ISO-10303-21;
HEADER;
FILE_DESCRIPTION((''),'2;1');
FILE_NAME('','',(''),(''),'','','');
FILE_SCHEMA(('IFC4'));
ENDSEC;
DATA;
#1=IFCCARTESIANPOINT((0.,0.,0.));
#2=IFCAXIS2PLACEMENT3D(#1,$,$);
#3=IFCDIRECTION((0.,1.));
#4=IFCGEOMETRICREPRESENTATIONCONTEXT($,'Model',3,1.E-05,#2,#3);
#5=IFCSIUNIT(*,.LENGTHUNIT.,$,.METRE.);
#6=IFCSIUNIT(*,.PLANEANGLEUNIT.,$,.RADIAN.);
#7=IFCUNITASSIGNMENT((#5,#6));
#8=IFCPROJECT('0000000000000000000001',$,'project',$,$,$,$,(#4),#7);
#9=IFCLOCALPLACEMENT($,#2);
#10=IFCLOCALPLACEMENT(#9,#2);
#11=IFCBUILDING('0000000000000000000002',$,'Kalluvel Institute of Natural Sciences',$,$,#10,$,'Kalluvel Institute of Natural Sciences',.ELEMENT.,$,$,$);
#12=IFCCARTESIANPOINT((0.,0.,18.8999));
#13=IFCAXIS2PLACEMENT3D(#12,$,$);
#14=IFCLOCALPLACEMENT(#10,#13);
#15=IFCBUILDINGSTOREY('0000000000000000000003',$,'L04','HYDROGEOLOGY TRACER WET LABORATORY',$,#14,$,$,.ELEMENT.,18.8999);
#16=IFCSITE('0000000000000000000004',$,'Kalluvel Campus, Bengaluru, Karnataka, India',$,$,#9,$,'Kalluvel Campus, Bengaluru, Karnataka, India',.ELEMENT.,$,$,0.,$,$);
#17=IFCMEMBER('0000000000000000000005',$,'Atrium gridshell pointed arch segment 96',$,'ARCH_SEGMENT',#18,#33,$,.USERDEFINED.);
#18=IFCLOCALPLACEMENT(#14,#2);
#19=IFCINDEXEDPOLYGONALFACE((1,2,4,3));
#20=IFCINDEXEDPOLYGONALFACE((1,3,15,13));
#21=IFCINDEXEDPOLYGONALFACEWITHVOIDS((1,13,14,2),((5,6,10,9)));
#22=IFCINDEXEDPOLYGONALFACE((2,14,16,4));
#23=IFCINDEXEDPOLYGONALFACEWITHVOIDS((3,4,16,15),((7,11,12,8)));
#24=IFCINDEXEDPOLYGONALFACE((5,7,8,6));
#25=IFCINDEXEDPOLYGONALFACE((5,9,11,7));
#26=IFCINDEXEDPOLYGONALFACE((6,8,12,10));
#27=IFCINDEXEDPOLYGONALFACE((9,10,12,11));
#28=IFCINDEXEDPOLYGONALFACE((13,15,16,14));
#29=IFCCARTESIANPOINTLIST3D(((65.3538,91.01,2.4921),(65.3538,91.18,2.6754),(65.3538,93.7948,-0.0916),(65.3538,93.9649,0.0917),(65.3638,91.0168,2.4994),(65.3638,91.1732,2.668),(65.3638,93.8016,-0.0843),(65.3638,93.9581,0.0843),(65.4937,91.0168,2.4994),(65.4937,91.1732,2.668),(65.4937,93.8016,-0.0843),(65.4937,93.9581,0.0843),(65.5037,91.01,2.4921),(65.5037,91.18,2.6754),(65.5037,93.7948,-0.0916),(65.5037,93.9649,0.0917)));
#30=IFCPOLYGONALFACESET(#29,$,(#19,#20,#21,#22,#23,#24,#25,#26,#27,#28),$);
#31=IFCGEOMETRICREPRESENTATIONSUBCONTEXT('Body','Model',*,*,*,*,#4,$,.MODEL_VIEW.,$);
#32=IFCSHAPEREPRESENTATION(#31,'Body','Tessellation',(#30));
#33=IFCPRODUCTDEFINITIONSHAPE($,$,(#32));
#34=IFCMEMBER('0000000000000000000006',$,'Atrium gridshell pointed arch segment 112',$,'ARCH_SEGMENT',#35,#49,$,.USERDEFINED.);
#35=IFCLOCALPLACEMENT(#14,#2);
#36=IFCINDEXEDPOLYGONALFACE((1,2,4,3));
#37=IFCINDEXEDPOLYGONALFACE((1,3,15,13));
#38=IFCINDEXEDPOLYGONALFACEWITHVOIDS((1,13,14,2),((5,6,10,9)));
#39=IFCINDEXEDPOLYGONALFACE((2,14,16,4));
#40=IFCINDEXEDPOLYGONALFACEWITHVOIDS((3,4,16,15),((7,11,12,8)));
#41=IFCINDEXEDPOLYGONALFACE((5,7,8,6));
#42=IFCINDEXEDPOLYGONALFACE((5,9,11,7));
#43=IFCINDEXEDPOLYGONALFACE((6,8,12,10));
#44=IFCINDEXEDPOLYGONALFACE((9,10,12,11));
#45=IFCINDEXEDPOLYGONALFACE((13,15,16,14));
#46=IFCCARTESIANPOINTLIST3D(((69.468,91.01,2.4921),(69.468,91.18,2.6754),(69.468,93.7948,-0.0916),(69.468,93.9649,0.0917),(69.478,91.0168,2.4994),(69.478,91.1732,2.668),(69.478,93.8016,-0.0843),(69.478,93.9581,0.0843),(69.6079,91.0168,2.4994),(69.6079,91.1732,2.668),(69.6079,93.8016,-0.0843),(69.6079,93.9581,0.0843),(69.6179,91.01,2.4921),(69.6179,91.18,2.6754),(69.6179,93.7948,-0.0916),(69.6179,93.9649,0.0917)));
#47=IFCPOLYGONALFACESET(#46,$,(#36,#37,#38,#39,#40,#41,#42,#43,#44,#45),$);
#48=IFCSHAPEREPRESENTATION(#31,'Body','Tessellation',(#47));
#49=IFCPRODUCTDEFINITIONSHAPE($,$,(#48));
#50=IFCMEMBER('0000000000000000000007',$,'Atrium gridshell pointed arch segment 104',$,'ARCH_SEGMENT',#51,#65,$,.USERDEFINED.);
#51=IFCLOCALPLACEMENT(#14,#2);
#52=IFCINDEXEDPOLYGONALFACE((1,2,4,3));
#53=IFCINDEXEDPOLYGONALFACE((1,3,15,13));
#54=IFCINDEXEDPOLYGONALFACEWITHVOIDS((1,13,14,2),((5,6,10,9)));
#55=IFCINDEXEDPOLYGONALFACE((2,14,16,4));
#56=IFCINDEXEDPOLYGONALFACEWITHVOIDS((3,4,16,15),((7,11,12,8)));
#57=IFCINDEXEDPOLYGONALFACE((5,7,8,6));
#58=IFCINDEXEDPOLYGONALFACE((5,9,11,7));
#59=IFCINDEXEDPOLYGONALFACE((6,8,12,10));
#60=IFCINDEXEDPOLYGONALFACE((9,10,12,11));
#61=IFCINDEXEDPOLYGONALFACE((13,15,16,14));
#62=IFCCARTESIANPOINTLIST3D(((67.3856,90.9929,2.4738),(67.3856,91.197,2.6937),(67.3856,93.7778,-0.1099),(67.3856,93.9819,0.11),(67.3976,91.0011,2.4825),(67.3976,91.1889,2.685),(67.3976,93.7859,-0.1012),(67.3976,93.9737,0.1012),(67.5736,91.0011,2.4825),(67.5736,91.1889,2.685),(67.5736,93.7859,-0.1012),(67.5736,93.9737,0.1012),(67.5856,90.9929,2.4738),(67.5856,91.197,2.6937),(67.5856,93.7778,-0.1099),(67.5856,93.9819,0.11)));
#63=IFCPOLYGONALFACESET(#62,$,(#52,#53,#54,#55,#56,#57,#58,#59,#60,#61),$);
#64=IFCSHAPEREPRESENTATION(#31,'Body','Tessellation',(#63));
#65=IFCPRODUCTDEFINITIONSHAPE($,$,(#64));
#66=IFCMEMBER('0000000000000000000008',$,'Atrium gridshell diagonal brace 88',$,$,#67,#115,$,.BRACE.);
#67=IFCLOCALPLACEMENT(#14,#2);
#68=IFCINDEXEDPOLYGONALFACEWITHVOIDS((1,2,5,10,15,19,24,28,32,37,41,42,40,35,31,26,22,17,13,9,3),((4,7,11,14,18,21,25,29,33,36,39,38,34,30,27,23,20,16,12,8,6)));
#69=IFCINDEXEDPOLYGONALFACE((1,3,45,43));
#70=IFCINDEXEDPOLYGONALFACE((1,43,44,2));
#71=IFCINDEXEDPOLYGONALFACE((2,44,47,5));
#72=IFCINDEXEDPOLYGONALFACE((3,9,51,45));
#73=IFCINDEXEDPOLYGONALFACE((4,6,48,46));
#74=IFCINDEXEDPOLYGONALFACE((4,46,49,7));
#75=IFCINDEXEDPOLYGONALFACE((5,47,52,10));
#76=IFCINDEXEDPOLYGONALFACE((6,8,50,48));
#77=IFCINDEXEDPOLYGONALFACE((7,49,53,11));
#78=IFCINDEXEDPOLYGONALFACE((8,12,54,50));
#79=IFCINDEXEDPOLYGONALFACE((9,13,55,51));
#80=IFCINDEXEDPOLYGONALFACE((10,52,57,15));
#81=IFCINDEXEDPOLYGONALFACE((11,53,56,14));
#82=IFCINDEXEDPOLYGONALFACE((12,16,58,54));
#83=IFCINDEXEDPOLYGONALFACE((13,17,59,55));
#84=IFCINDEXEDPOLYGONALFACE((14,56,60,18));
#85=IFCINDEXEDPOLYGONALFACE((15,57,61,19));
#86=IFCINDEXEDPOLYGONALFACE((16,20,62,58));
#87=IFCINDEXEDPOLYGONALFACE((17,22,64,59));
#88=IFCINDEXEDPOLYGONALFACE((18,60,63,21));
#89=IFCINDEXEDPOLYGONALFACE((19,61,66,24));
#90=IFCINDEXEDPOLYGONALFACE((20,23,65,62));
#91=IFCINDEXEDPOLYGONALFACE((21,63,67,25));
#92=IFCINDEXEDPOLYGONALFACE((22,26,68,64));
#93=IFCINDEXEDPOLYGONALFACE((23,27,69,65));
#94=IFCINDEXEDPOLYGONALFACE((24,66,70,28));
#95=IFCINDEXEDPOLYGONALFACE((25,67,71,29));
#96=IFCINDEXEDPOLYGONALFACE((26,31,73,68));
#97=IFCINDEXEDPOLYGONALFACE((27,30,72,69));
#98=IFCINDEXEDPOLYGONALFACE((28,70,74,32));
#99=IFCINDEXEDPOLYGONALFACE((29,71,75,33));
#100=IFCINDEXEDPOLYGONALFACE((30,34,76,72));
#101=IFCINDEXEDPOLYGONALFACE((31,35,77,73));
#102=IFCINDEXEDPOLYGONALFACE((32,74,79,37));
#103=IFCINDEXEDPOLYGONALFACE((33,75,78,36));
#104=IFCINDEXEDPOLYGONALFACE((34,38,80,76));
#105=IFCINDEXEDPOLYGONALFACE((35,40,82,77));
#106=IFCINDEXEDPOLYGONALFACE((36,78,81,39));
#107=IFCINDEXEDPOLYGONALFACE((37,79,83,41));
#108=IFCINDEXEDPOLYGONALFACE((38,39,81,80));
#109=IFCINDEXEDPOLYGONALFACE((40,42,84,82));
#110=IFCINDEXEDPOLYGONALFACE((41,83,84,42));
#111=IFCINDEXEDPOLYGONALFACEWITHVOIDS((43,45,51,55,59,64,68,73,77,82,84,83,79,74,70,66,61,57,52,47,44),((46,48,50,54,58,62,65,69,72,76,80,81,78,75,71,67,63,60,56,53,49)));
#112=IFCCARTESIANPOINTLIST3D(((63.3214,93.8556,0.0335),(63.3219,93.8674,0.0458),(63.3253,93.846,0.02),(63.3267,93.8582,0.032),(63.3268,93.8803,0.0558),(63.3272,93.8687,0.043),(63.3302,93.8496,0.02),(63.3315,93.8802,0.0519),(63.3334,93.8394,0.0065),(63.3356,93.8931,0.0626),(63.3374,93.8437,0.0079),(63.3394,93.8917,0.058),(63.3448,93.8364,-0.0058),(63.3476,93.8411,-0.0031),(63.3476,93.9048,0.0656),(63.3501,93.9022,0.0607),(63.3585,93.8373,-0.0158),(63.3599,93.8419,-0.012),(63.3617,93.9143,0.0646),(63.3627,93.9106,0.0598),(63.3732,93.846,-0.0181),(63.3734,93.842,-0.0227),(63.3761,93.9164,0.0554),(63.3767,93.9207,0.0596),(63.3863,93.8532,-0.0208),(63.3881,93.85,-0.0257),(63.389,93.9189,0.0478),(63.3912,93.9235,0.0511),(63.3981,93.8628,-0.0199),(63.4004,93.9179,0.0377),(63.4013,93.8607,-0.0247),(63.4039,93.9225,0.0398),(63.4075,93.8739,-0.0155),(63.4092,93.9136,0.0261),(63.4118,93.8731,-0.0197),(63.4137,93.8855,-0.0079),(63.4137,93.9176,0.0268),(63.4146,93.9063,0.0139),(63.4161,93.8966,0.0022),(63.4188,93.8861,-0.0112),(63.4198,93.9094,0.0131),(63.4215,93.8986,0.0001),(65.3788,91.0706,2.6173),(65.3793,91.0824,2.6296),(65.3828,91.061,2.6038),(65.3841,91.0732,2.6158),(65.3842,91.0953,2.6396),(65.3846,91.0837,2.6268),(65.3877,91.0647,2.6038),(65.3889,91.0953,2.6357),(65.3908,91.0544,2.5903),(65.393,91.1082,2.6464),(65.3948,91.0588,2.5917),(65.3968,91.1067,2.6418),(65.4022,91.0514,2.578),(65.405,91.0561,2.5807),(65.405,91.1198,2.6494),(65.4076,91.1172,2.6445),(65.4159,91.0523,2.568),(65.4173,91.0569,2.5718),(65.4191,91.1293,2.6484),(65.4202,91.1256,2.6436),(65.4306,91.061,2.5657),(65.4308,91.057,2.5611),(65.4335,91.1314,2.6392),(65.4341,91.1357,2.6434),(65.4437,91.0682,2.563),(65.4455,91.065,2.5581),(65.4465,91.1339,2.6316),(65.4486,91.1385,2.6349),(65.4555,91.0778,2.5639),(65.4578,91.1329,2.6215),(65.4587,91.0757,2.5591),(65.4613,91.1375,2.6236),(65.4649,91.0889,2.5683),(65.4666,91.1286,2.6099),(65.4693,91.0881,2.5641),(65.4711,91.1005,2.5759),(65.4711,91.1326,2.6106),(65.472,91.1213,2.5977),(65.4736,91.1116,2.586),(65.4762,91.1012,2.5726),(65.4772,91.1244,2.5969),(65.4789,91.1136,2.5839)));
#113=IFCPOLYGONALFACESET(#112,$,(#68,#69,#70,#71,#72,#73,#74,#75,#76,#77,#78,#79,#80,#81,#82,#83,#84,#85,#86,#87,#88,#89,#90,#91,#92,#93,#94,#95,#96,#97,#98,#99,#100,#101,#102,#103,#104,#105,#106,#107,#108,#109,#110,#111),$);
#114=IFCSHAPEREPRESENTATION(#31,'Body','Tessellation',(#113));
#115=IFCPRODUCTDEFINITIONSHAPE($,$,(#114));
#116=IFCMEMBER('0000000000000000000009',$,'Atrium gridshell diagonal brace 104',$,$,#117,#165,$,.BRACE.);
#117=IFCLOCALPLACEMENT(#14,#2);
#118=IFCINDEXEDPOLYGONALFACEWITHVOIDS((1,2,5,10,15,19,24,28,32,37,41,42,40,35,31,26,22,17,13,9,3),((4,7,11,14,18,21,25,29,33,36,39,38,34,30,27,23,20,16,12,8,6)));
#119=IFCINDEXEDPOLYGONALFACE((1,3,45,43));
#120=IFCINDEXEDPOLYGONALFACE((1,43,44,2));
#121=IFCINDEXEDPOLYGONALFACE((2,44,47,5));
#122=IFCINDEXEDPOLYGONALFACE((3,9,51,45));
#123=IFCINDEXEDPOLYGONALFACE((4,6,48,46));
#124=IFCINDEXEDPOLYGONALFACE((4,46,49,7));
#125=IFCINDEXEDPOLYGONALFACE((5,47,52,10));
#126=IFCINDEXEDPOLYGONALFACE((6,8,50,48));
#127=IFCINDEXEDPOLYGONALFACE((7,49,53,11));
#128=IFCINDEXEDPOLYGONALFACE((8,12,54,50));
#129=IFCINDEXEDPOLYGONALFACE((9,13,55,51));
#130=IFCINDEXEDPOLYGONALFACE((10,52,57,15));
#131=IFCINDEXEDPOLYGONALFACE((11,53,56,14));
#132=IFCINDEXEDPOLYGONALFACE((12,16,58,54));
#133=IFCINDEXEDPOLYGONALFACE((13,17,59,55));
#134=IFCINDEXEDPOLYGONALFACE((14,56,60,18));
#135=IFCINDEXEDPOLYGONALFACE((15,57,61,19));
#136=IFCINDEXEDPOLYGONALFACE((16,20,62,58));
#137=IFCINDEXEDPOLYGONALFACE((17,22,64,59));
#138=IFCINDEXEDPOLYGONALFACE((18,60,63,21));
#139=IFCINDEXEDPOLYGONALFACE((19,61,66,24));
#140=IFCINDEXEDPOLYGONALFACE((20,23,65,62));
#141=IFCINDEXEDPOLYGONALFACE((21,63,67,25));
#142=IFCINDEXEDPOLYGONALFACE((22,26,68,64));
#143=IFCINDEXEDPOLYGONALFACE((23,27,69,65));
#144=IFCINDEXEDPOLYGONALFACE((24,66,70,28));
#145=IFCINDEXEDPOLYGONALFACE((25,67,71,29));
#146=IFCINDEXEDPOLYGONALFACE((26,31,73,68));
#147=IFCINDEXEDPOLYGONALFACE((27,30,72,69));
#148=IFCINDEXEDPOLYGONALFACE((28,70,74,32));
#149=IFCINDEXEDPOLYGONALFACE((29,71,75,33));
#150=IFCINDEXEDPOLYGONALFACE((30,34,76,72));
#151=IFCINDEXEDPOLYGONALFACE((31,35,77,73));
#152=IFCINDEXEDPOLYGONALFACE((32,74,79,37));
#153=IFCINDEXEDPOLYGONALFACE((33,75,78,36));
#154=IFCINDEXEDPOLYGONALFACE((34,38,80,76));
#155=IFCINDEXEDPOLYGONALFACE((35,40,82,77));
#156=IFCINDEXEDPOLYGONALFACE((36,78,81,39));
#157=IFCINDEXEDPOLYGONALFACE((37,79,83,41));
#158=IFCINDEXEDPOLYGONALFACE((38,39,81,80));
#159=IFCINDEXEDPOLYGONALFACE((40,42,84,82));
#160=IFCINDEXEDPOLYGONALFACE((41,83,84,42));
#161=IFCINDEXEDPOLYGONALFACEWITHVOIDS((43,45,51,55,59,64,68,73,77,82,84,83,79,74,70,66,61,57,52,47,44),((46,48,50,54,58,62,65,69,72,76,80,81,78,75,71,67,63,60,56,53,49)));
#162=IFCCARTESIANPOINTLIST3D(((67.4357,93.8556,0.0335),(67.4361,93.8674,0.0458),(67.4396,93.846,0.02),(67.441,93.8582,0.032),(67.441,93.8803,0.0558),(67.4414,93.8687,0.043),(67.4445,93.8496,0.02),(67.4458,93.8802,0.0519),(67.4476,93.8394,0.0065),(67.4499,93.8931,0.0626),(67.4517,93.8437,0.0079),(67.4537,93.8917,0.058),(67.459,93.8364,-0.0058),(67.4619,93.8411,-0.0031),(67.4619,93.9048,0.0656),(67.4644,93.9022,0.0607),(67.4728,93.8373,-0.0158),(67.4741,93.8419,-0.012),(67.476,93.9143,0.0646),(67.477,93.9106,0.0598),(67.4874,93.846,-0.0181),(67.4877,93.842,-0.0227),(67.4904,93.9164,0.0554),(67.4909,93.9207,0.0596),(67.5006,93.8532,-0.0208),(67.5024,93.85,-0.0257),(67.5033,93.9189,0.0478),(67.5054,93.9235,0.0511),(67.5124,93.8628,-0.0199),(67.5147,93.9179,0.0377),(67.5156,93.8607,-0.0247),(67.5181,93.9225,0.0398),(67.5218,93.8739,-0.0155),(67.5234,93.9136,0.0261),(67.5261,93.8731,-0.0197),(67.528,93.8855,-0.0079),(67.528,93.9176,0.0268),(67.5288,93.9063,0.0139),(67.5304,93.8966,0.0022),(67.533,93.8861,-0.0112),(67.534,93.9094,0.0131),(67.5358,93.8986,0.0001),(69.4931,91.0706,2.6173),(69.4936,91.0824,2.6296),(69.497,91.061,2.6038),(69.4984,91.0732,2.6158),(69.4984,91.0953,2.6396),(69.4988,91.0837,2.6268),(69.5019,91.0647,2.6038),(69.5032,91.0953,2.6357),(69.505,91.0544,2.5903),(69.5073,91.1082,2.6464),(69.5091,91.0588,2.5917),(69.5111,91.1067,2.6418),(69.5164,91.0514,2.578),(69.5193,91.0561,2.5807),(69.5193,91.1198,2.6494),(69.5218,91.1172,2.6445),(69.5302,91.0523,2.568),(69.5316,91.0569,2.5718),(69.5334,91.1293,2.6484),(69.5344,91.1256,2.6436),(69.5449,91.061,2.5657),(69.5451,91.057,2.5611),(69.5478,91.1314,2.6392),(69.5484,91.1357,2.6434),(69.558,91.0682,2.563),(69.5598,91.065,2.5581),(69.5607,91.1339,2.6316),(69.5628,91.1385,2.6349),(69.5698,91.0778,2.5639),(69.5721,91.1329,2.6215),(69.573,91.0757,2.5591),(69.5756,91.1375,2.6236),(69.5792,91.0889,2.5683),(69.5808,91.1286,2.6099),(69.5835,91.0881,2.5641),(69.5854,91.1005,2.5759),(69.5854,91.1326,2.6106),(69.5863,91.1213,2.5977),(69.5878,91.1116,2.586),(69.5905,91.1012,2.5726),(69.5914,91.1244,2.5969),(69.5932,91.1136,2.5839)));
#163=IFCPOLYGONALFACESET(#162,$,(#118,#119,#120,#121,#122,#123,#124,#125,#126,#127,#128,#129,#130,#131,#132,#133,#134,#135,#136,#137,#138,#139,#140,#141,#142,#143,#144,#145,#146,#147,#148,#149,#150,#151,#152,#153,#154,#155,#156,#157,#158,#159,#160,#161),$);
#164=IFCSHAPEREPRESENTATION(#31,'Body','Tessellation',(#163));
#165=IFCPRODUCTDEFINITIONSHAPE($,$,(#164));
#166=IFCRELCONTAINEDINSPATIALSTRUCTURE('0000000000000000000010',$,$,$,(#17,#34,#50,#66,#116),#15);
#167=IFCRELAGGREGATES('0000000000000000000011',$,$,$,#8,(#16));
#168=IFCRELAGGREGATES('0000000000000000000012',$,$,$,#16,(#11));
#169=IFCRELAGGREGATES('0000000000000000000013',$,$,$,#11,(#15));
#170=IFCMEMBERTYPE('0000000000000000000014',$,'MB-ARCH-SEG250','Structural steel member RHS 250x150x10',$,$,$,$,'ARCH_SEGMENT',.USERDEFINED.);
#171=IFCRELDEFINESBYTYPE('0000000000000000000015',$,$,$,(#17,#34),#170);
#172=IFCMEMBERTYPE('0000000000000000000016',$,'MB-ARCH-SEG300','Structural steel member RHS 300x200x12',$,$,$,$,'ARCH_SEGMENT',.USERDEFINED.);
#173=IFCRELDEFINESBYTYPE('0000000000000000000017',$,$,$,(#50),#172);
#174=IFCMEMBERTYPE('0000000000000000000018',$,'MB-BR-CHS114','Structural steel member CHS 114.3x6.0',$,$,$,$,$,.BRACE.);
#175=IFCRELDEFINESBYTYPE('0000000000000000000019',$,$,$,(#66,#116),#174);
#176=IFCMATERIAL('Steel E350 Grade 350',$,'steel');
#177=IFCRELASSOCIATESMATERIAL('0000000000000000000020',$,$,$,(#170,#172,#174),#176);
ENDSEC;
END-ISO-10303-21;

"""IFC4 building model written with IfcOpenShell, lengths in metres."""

from ifc_helpers import new_model, si_unit, direction, frame, origin, origin_2d, place, context, subcontext, project, spatial, hollow_rectangle, hollow_circle, extrude, material, material_profile, profile_set, type_object, element, save


model = new_model("IFC4")

# Units and contexts
model_context = context("Model", 3, precision=1e-05, world=origin(), true_north=direction((0.0, 1.0)))
body_context = subcontext(model_context, "Body", "Model", "MODEL_VIEW")
ifc_project = project(units=[si_unit("LENGTHUNIT", "METRE"), si_unit("PLANEANGLEUNIT", "RADIAN")], contexts=[model_context])

# Site, building, storey
site_placement = place(None, origin())
site = spatial("IfcSite", under=ifc_project, at=site_placement, Name="Kalluvel Campus, Bengaluru, Karnataka, India", LongName="Kalluvel Campus, Bengaluru, Karnataka, India", CompositionType="ELEMENT", RefElevation=0.0)
building_placement = place(site_placement, origin())
building = spatial("IfcBuilding", under=site, at=building_placement, Name="Kalluvel Institute of Natural Sciences", LongName="Kalluvel Institute of Natural Sciences", CompositionType="ELEMENT")
storey_placement = place(building_placement, frame((0.0, 0.0, 18.8999)))
storey = spatial("IfcBuildingStorey", under=building, at=storey_placement, Name="L04", Description="HYDROGEOLOGY TRACER WET LABORATORY", CompositionType="ELEMENT", Elevation=18.8999)

# Shared definitions
ifc_material_1 = material(Name="Steel E350 Grade 350", Category="steel")

# Members
ifc_material_profile_1 = material_profile(ifc_material_1, hollow_rectangle(XDim=0.1499, YDim=0.25, WallThickness=0.01, at=origin_2d()), Name="RHS 250x150x10")
ifc_profile_set_1 = profile_set([ifc_material_profile_1], Name="Steel E350 Grade 350")
member_type_1 = type_object("IfcMemberType", Name="MB-ARCH-SEG250", Description="Structural steel member RHS 250x150x10", ElementType="ARCH_SEGMENT", PredefinedType="USERDEFINED", material=ifc_profile_set_1)
for number, where, z_axis, x_axis, name in (
    (1, (65.4287, 91.095, 2.5837), (0.0, 0.733089, -0.680133), (-1.0, 0.0, 0.0), "Atrium gridshell pointed arch segment 96"),
    (2, (69.543, 91.095, 2.5837), (0.0, 0.733089, -0.680133), (-1.0, 0.0, 0.0), "Atrium gridshell pointed arch segment 112"),
):
    element("IfcMember", number, at=place(storey_placement, frame(where, z_axis=z_axis, x_axis=x_axis)), inside=storey, type_object=member_type_1, Name=name, ObjectType="ARCH_SEGMENT", PredefinedType="USERDEFINED", context=body_context, shape_type="SweptSolid", body=[
        extrude(hollow_rectangle(XDim=0.1499, YDim=0.25, WallThickness=0.01, at=origin_2d()), origin(), (0.0, 0.0, 1.0), 3.7988),
    ])
ifc_material_profile_2 = material_profile(ifc_material_1, hollow_rectangle(XDim=0.2, YDim=0.3, WallThickness=0.012, at=origin_2d()), Name="RHS 300x200x12")
ifc_profile_set_2 = profile_set([ifc_material_profile_2], Name="Steel E350 Grade 350")
member_type_2 = type_object("IfcMemberType", Name="MB-ARCH-SEG300", Description="Structural steel member RHS 300x200x12", ElementType="ARCH_SEGMENT", PredefinedType="USERDEFINED", material=ifc_profile_set_2)
member_1_placement = place(storey_placement, frame((67.4856, 91.095, 2.5837), z_axis=(0.0, 0.733089, -0.680133), x_axis=(-1.0, 0.0, 0.0)))
element("IfcMember", 3, at=member_1_placement, inside=storey, type_object=member_type_2, Name="Atrium gridshell pointed arch segment 104", ObjectType="ARCH_SEGMENT", PredefinedType="USERDEFINED", context=body_context, shape_type="SweptSolid", body=[
    extrude(hollow_rectangle(XDim=0.2, YDim=0.3, WallThickness=0.012, at=origin_2d()), origin(), (0.0, 0.0, 1.0), 3.7988),
])
ifc_material_profile_3 = material_profile(ifc_material_1, hollow_circle(Radius=0.0571, WallThickness=0.0061, at=origin_2d()), Name="CHS 114.3x6.0")
ifc_profile_set_3 = profile_set([ifc_material_profile_3], Name="Steel E350 Grade 350")
member_type_3 = type_object("IfcMemberType", Name="MB-BR-CHS114", Description="Structural steel member CHS 114.3x6.0", PredefinedType="BRACE", material=ifc_profile_set_3)
for number, where, z_axis, x_axis, name in (
    (4, (65.4287, 91.095, 2.6038), (-0.47622, 0.644624, -0.598059), (-0.80432, -0.594197, 0.0), "Atrium gridshell diagonal brace 88"),
    (5, (69.543, 91.095, 2.6038), (-0.47622, 0.644624, -0.598059), (-0.80432, -0.594197, 0.0), "Atrium gridshell diagonal brace 104"),
):
    element("IfcMember", number, at=place(storey_placement, frame(where, z_axis=z_axis, x_axis=x_axis)), inside=storey, type_object=member_type_3, Name=name, PredefinedType="BRACE", context=body_context, shape_type="SweptSolid", body=[
        extrude(hollow_circle(Radius=0.0571, WallThickness=0.0061, at=origin_2d()), origin(), (0.0, 0.0, 1.0), 4.3203),
    ])

save(model, "model.ifc")
